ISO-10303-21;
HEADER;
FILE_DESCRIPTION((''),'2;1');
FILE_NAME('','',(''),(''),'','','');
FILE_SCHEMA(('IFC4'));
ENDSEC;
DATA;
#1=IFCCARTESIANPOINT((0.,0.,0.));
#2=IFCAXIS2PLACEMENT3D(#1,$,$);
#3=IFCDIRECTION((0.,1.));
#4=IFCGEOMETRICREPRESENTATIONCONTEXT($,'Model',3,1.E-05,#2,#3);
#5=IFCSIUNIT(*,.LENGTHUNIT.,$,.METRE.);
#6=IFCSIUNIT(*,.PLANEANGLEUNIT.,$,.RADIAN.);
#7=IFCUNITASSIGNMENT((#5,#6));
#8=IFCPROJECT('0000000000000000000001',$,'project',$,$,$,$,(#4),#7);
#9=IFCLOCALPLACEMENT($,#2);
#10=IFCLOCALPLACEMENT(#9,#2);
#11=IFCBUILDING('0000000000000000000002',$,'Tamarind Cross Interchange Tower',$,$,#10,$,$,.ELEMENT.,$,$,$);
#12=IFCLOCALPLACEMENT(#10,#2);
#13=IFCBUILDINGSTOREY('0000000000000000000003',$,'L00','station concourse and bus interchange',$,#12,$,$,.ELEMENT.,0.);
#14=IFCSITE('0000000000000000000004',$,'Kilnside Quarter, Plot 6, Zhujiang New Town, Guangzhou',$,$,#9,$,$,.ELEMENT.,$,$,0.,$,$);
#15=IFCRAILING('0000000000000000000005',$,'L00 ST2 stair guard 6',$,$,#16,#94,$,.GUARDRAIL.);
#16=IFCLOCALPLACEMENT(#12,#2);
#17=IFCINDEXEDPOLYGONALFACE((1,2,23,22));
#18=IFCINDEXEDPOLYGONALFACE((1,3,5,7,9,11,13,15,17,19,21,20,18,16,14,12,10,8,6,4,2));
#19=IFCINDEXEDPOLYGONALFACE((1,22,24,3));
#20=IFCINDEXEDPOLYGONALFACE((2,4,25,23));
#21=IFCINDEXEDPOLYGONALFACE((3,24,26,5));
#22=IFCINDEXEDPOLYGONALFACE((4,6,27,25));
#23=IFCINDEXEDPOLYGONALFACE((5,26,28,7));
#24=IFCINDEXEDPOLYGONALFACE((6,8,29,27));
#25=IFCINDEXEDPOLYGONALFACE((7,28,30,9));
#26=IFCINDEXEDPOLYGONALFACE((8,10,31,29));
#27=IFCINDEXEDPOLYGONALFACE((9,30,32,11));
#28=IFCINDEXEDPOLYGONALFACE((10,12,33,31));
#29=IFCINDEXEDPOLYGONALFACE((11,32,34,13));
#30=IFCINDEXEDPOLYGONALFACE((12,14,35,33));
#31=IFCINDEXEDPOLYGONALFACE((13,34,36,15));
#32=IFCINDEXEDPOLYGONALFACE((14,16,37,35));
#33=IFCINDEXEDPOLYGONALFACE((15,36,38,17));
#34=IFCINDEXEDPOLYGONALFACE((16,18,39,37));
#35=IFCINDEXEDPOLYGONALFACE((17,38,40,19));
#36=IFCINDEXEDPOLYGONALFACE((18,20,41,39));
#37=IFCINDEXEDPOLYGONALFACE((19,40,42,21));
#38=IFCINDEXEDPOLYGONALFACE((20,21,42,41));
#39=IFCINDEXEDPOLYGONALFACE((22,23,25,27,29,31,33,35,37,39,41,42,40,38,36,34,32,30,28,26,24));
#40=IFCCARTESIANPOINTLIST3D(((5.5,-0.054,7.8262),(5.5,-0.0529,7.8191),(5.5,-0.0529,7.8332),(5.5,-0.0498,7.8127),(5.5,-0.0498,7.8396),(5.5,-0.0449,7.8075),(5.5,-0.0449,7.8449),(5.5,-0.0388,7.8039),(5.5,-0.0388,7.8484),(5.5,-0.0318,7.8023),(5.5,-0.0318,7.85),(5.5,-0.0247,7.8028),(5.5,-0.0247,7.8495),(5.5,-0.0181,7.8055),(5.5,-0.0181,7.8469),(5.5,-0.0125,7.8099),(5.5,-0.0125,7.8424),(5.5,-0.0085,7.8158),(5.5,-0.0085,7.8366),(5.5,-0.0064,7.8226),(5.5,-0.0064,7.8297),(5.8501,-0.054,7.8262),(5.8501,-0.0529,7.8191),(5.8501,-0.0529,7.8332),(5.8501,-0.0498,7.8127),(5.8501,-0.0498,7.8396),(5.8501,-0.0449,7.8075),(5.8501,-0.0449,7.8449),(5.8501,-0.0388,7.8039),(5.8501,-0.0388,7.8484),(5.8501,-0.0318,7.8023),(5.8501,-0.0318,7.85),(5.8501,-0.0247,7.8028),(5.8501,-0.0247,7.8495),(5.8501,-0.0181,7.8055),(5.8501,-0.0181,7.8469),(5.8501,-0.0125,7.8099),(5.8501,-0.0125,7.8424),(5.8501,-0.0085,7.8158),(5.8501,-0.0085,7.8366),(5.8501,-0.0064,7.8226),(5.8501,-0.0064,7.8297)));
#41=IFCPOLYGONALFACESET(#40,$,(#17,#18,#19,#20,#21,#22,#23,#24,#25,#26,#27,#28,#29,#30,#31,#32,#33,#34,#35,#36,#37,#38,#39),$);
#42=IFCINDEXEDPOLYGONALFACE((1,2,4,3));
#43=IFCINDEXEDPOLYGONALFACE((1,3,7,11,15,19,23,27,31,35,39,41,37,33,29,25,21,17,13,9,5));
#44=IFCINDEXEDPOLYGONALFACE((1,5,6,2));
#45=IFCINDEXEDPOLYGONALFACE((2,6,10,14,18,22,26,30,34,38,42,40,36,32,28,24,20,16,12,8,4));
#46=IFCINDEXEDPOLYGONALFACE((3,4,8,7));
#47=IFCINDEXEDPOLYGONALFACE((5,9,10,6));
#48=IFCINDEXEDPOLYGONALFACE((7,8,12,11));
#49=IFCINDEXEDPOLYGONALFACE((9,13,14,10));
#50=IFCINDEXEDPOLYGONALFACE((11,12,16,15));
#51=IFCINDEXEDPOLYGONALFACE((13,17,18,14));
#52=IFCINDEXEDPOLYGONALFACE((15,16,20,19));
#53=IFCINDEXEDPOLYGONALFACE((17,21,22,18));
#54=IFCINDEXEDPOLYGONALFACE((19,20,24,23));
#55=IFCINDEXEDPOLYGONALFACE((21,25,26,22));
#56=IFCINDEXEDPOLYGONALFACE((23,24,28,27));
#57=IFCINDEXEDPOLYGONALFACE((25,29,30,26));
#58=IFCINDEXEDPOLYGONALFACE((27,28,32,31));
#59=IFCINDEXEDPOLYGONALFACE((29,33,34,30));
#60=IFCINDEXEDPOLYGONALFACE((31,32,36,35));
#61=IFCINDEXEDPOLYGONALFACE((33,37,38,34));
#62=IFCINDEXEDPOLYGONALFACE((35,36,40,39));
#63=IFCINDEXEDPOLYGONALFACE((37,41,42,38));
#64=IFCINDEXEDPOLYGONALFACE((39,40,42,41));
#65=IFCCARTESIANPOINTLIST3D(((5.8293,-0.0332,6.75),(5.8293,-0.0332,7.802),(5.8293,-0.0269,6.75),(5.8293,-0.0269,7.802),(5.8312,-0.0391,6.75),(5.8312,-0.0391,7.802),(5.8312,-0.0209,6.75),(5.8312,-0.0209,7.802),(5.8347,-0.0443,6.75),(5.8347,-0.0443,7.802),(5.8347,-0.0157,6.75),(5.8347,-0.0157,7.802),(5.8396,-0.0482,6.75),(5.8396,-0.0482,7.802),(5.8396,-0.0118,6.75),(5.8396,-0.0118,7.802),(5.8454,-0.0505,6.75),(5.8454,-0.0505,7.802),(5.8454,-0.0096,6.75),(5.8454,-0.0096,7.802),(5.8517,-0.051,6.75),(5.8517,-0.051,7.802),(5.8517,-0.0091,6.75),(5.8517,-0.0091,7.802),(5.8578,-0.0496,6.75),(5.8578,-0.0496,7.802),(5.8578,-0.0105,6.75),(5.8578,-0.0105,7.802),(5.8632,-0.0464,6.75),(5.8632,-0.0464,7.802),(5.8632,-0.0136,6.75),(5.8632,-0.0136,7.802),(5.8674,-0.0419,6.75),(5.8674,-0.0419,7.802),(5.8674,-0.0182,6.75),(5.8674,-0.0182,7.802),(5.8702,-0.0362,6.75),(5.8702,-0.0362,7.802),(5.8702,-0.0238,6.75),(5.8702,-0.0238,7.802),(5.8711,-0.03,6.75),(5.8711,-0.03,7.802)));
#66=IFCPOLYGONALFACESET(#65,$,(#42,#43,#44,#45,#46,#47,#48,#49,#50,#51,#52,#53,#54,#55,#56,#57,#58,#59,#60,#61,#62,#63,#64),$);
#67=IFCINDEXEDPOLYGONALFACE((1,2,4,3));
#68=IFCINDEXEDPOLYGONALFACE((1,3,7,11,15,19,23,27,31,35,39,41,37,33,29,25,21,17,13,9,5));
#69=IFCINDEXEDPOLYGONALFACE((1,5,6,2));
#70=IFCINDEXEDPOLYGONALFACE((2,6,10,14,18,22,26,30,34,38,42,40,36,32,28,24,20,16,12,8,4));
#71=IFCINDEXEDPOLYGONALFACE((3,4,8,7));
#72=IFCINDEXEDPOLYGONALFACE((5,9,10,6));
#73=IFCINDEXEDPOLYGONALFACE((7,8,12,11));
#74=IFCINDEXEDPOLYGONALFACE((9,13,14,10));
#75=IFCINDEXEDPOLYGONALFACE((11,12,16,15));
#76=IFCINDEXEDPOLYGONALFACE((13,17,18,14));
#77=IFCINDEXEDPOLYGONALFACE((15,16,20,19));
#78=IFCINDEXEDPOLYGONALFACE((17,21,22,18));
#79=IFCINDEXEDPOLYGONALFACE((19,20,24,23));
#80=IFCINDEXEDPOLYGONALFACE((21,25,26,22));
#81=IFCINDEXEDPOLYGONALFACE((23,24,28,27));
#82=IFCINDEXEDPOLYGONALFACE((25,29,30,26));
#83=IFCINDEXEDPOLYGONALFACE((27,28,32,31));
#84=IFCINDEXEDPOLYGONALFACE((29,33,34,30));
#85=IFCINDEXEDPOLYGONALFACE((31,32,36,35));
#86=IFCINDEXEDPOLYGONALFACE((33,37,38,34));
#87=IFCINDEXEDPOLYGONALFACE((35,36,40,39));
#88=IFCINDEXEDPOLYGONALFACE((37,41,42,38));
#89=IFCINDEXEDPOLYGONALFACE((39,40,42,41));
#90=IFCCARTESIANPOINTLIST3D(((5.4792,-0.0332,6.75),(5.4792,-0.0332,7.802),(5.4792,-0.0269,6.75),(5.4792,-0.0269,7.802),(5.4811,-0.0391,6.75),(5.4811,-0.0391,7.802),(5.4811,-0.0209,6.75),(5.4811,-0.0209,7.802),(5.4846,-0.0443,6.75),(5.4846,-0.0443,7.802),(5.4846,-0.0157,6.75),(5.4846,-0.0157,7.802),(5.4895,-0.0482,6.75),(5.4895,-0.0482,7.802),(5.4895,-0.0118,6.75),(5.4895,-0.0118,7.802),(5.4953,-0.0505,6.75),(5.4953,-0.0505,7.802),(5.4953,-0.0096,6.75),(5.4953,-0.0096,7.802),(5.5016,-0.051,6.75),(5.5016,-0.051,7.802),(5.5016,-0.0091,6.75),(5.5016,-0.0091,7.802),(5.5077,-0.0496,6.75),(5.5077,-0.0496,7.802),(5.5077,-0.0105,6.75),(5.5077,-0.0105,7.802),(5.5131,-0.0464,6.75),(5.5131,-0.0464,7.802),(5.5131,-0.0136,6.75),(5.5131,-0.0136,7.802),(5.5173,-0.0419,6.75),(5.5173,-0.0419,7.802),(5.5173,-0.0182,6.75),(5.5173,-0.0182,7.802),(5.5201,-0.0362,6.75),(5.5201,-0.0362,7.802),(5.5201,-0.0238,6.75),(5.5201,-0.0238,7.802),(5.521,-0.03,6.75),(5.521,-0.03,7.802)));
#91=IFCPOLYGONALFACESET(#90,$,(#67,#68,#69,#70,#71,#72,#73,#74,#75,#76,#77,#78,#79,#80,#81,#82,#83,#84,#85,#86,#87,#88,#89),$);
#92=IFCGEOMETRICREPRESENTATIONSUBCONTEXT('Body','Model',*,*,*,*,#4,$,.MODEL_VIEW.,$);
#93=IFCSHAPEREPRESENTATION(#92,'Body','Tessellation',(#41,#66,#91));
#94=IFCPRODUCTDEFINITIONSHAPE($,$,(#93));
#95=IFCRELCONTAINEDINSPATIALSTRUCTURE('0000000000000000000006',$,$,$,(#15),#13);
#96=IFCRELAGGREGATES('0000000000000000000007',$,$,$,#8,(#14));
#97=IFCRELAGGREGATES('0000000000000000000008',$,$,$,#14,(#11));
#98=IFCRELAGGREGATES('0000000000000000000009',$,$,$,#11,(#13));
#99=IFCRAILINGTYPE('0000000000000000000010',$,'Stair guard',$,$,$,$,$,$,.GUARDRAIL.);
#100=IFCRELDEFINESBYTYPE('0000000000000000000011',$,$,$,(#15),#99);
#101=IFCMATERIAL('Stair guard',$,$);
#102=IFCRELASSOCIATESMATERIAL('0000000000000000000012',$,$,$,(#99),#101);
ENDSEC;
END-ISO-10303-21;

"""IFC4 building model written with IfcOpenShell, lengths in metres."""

from ifc_helpers import new_model, si_unit, direction, frame, origin, origin_2d, place, context, subcontext, project, spatial, circle, extrude, material, type_object, element, save


model = new_model("IFC4")

# Units and contexts
model_context = context("Model", 3, precision=1e-05, world=origin(), true_north=direction((0.0, 1.0)))
body_context = subcontext(model_context, "Body", "Model", "MODEL_VIEW")
ifc_project = project(units=[si_unit("LENGTHUNIT", "METRE"), si_unit("PLANEANGLEUNIT", "RADIAN")], contexts=[model_context])

# Site, building, storey
site_placement = place(None, origin())
site = spatial("IfcSite", under=ifc_project, at=site_placement, Name="Kilnside Quarter, Plot 6, Zhujiang New Town, Guangzhou", CompositionType="ELEMENT", RefElevation=0.0)
building_placement = place(site_placement, origin())
building = spatial("IfcBuilding", under=site, at=building_placement, Name="Tamarind Cross Interchange Tower", CompositionType="ELEMENT")
storey_placement = place(building_placement, origin())
storey = spatial("IfcBuildingStorey", under=building, at=storey_placement, Name="L00", Description="station concourse and bus interchange", CompositionType="ELEMENT", Elevation=0.0)

# Railing
ifc_material_1 = material(Name="Stair guard")
railing_type_1 = type_object("IfcRailingType", Name="Stair guard", PredefinedType="GUARDRAIL", material=ifc_material_1)
railing_1_placement = place(storey_placement, frame((5.8501, -0.03, 6.75)))
element("IfcRailing", 1, at=railing_1_placement, inside=storey, type_object=railing_type_1, Name="L00 ST2 stair guard 6", PredefinedType="GUARDRAIL", context=body_context, shape_type="SweptSolid", body=[
    extrude(circle(Radius=0.0239, at=origin_2d()), frame((0.0, 0.0, 1.0762), z_axis=(-1.0, 0.0, 0.0), x_axis=(0.0, -1.0, 0.0)), (0.0, 0.0, 1.0), 0.3501),
    extrude(circle(Radius=0.021, at=origin_2d()), origin(), (0.0, 0.0, 1.0), 1.052),
    extrude(circle(Radius=0.021, at=origin_2d()), frame((-0.3501, 0.0, 0.0)), (0.0, 0.0, 1.0), 1.052),
])

save(model, "model.ifc")
